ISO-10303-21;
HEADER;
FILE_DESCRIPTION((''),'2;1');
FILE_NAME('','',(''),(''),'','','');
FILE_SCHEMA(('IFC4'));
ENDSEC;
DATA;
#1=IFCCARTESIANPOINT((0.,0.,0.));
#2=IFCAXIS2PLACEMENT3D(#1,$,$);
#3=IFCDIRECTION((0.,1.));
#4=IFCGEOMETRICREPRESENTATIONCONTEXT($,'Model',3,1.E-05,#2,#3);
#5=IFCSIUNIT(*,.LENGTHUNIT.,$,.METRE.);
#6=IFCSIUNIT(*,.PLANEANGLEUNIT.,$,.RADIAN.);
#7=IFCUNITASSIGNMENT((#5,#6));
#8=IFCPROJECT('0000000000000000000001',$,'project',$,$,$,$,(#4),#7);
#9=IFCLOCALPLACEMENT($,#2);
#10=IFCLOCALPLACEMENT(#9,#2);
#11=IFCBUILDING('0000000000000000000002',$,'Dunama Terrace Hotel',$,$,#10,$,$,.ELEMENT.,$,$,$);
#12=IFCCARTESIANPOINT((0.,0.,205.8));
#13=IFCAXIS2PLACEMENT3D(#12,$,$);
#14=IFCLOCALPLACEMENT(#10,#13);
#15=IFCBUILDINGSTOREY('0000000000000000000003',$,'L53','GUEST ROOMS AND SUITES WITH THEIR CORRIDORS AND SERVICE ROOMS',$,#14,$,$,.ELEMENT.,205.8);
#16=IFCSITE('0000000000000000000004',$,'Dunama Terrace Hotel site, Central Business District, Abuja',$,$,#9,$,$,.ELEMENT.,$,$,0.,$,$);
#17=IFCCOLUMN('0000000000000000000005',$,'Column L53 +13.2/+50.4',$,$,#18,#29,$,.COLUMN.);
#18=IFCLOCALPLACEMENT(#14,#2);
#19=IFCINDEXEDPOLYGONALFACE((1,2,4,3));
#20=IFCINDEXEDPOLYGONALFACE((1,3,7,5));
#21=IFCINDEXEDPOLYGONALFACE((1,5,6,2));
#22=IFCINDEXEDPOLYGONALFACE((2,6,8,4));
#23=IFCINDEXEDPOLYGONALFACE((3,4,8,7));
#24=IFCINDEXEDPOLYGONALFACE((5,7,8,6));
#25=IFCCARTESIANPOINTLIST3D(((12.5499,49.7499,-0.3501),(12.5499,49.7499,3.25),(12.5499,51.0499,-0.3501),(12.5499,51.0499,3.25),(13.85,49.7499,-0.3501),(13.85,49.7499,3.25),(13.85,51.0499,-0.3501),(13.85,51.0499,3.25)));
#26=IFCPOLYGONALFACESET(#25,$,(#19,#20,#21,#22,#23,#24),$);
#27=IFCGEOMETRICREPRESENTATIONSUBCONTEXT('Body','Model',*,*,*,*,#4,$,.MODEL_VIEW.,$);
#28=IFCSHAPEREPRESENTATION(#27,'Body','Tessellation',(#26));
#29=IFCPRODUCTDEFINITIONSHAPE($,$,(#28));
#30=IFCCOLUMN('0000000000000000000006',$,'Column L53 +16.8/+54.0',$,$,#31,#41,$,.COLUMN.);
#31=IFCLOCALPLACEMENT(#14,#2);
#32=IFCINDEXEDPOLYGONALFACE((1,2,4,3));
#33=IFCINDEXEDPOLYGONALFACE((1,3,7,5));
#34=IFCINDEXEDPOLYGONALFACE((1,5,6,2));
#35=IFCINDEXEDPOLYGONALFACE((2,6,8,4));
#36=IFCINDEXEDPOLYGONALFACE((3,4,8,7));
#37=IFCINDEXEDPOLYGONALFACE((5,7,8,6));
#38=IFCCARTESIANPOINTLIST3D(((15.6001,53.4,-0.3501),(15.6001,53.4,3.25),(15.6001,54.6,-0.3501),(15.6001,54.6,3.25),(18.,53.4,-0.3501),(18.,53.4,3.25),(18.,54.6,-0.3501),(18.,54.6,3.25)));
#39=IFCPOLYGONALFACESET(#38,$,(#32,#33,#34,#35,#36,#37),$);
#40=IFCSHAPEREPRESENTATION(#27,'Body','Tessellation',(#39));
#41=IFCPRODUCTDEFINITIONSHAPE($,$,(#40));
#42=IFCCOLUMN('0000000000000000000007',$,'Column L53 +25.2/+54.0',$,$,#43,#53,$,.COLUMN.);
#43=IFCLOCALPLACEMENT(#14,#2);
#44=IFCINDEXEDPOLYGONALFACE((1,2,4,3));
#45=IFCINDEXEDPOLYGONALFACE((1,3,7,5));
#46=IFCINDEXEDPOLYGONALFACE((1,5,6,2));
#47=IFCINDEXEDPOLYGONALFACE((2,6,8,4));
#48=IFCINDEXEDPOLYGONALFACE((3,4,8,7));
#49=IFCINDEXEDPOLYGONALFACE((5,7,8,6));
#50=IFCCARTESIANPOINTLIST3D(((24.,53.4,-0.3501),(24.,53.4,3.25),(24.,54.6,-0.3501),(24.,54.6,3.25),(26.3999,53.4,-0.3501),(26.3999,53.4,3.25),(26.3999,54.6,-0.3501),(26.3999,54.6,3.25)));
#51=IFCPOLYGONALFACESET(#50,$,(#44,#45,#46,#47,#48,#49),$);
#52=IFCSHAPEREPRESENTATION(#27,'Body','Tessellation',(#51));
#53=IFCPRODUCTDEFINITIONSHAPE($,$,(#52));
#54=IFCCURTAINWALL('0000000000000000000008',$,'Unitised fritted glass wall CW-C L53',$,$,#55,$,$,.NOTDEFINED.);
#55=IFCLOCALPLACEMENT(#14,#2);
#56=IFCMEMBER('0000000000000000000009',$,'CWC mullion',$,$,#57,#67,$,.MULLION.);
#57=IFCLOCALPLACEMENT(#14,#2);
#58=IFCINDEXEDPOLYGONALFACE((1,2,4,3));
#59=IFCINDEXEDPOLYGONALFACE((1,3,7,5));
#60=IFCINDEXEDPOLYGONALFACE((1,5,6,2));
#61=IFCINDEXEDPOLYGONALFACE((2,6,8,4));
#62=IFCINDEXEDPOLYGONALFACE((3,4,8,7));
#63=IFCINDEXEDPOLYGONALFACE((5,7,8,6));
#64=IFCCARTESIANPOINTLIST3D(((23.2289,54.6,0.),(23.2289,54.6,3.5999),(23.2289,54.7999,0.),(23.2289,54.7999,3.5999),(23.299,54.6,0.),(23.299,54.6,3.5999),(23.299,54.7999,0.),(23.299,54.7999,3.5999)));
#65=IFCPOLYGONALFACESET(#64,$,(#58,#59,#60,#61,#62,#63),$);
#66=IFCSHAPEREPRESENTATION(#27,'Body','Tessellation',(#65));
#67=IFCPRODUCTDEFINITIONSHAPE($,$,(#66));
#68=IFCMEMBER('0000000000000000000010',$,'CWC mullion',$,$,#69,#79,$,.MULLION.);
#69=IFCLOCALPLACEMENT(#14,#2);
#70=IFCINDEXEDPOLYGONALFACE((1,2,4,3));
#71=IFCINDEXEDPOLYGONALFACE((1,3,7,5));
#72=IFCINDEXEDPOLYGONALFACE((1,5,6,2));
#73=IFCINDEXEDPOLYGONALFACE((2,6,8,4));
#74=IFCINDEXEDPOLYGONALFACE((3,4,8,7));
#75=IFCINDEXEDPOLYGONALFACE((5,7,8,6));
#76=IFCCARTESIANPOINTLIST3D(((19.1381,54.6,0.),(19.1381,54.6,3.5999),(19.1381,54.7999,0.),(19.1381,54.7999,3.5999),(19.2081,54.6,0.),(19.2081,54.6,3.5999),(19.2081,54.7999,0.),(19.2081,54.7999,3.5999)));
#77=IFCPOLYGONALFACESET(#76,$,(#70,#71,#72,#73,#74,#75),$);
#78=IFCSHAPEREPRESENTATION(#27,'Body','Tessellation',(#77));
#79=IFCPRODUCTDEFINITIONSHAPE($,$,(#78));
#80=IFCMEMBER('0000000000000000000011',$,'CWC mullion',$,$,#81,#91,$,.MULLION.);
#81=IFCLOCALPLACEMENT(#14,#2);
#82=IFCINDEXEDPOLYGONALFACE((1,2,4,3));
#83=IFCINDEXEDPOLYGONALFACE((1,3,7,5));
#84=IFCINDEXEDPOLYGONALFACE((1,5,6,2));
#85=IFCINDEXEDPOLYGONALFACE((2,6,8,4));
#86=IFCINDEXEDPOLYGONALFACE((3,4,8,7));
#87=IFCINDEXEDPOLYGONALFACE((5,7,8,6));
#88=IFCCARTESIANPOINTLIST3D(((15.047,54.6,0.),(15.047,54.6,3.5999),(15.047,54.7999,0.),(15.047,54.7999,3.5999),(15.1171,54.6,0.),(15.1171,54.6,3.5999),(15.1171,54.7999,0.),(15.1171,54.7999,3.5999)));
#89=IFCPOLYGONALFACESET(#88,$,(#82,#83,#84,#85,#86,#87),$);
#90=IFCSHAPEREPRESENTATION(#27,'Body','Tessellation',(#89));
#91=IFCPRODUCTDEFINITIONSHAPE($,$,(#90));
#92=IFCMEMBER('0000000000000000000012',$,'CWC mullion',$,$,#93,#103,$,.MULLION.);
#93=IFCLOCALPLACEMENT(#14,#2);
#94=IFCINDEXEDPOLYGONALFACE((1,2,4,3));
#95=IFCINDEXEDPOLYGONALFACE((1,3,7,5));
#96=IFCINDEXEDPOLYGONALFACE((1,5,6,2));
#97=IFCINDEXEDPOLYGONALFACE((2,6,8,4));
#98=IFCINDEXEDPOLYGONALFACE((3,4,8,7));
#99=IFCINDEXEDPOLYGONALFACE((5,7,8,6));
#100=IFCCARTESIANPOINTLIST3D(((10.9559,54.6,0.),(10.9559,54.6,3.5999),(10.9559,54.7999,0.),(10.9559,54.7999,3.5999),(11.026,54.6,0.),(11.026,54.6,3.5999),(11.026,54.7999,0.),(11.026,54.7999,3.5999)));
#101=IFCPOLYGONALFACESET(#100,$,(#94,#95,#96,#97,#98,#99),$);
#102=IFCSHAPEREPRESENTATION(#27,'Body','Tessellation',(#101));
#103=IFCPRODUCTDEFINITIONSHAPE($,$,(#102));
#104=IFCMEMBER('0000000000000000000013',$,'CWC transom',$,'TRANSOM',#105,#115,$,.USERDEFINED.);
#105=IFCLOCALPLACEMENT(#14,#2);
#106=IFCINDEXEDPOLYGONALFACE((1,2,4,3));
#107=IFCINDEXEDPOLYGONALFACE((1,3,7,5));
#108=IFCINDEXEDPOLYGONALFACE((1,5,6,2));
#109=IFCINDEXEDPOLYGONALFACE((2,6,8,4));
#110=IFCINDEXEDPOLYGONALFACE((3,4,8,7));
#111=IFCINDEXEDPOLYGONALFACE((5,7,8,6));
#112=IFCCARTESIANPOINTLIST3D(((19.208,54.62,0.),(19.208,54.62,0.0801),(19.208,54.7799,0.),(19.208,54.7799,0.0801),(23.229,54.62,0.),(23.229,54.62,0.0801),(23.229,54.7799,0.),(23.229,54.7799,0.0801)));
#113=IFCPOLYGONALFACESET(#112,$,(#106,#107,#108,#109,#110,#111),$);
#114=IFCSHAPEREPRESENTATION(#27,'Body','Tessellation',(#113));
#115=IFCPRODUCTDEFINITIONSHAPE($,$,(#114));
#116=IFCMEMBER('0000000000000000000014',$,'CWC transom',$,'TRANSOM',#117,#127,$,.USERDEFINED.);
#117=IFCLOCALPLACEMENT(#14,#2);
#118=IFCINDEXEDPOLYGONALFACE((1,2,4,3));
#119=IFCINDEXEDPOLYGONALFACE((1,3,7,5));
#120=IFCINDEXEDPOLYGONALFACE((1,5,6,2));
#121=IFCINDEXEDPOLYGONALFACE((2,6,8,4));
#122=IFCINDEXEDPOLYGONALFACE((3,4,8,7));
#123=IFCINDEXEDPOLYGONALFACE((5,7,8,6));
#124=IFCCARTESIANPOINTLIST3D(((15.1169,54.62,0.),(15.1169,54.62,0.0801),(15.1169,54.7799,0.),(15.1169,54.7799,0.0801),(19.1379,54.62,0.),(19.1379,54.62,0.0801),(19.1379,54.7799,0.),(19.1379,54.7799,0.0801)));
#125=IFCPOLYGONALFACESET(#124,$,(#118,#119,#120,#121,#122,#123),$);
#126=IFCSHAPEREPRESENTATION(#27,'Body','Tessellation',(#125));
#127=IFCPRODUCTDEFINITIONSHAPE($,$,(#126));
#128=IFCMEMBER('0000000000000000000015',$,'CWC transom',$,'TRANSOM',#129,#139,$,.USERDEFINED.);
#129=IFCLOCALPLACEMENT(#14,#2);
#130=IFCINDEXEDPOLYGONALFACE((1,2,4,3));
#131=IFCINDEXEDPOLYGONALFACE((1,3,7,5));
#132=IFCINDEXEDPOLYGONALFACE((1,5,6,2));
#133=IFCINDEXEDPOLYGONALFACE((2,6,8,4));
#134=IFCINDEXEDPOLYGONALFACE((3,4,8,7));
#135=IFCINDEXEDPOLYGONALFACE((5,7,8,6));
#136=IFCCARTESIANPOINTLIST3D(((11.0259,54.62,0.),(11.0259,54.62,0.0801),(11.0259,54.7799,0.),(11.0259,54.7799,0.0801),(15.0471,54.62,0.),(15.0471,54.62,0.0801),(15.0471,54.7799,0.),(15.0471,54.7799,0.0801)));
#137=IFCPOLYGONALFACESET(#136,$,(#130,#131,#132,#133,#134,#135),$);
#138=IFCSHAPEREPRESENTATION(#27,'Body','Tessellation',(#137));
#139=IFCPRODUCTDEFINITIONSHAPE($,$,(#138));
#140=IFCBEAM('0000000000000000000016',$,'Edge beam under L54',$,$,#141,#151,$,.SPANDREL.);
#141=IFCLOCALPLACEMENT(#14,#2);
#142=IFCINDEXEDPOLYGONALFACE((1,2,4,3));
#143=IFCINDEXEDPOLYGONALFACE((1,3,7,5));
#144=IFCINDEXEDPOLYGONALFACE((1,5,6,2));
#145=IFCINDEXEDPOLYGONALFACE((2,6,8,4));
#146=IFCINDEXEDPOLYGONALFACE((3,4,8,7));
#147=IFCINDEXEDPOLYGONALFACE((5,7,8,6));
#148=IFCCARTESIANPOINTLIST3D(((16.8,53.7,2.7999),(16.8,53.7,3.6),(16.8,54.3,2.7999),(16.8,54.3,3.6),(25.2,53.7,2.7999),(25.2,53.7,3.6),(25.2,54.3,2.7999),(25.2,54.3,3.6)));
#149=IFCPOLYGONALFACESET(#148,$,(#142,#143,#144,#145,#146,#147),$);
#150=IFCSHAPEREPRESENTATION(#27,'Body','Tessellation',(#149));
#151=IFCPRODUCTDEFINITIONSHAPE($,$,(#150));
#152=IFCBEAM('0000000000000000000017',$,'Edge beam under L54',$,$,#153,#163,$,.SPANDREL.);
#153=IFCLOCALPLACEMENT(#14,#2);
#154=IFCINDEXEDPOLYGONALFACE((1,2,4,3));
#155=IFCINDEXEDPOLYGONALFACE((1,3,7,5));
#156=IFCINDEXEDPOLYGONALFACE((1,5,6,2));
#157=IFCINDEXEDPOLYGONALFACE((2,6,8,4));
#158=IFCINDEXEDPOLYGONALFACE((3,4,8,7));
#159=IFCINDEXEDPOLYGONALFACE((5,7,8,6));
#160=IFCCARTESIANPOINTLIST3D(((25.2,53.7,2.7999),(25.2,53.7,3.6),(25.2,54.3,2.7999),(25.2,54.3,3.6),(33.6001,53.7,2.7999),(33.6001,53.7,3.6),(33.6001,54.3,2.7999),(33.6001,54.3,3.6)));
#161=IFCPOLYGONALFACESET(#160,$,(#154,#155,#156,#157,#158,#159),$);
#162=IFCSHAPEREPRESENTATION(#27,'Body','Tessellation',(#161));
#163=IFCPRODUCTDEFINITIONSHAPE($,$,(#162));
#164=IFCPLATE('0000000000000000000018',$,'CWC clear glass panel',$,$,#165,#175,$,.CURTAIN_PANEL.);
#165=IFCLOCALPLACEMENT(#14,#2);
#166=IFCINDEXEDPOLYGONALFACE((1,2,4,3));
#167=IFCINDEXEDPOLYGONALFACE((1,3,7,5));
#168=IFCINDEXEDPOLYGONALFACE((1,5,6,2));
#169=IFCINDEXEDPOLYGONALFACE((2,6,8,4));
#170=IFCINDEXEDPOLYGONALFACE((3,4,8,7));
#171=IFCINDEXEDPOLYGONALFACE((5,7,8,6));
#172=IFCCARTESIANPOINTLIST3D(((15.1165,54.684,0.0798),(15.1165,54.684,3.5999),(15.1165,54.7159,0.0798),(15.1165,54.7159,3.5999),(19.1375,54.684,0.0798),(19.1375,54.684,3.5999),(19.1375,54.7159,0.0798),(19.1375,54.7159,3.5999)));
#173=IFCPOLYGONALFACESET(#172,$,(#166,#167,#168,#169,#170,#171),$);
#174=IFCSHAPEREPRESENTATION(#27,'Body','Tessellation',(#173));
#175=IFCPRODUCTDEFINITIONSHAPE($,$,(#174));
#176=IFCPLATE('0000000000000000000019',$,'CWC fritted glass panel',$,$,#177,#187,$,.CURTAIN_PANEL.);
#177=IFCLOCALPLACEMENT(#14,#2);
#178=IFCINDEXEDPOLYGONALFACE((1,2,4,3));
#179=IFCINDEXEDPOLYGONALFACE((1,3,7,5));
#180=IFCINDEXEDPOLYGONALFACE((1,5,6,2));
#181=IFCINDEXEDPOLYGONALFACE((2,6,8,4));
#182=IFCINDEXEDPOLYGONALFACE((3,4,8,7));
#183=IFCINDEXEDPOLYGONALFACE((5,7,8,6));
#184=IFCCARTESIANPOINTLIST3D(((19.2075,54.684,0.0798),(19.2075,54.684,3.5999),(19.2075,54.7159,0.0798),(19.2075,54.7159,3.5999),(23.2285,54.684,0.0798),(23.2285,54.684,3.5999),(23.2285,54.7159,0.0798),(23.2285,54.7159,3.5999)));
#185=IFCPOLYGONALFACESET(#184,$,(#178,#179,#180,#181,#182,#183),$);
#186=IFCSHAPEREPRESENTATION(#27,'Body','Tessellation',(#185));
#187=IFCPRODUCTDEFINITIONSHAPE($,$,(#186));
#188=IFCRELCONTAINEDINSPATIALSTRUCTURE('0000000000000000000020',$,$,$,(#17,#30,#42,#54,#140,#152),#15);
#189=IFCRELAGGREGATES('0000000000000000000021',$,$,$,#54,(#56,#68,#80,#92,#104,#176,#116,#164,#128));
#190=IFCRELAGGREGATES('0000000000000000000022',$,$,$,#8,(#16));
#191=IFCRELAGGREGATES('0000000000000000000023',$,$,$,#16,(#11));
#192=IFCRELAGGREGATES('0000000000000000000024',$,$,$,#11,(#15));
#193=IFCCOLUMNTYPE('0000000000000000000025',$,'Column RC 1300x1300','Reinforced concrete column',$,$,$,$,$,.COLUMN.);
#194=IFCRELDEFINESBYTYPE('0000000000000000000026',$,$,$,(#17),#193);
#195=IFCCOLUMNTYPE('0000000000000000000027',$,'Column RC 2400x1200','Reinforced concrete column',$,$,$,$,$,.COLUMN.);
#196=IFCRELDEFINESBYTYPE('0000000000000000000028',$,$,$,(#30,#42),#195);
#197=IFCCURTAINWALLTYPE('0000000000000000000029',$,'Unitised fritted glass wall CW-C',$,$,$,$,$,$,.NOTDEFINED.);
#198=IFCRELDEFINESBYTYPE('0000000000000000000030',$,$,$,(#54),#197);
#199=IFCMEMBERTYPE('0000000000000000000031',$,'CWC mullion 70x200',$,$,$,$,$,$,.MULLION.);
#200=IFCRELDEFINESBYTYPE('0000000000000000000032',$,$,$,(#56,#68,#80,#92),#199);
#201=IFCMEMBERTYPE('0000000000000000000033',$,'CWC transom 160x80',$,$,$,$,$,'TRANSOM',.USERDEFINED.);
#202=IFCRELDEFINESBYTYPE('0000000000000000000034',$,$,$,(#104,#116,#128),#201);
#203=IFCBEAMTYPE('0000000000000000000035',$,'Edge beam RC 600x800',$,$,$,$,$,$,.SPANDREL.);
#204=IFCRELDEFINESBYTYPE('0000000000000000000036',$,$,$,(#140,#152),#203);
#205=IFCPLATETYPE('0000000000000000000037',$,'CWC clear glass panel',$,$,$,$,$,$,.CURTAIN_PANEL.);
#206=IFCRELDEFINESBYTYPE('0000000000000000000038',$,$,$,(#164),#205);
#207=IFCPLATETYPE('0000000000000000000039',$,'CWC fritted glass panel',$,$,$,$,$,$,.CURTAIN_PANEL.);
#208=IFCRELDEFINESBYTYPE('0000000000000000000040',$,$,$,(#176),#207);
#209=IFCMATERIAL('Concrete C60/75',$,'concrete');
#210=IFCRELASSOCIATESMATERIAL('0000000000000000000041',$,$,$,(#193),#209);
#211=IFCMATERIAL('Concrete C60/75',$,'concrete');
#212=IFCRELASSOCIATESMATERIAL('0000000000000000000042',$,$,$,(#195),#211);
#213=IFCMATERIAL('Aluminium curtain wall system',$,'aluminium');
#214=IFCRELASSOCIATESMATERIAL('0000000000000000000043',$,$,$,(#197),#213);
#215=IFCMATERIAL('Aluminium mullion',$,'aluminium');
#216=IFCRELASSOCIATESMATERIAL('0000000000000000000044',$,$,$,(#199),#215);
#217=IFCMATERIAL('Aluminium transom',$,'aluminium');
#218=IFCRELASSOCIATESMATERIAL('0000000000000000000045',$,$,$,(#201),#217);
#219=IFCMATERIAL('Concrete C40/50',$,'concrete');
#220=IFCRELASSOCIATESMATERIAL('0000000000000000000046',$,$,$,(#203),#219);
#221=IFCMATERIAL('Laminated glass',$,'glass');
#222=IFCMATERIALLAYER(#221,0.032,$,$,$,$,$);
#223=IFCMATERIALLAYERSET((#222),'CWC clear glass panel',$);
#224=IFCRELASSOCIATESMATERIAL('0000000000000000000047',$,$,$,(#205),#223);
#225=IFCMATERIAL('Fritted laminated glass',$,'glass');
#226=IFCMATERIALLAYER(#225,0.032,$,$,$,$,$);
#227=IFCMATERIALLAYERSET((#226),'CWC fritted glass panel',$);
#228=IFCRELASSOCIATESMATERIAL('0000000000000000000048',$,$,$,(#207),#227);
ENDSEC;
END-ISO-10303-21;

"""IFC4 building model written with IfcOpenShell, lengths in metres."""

from ifc_helpers import new_model, si_unit, direction, frame, origin, origin_2d, place, context, subcontext, project, spatial, rectangle, extrude, material, layer, layer_set, material_profile, profile_set, type_object, element, aggregate, save


model = new_model("IFC4")

# Units and contexts
model_context = context("Model", 3, precision=1e-05, world=origin(), true_north=direction((0.0, 1.0)))
body_context = subcontext(model_context, "Body", "Model", "MODEL_VIEW")
ifc_project = project(units=[si_unit("LENGTHUNIT", "METRE"), si_unit("PLANEANGLEUNIT", "RADIAN")], contexts=[model_context])

# Site, building, storey
site_placement = place(None, origin())
site = spatial("IfcSite", under=ifc_project, at=site_placement, Name="Dunama Terrace Hotel site, Central Business District, Abuja", CompositionType="ELEMENT", RefElevation=0.0)
building_placement = place(site_placement, origin())
building = spatial("IfcBuilding", under=site, at=building_placement, Name="Dunama Terrace Hotel", CompositionType="ELEMENT")
storey_placement = place(building_placement, frame((0.0, 0.0, 205.8)))
storey = spatial("IfcBuildingStorey", under=building, at=storey_placement, Name="L53", Description="GUEST ROOMS AND SUITES WITH THEIR CORRIDORS AND SERVICE ROOMS", CompositionType="ELEMENT", Elevation=205.8)

# Columns
ifc_material_1 = material(Name="Concrete C60/75", Category="concrete")
ifc_material_profile_1 = material_profile(ifc_material_1, rectangle(XDim=1.3, YDim=1.3, at=origin_2d()), Name="RC 1300x1300")
ifc_profile_set_1 = profile_set([ifc_material_profile_1], Name="Concrete C60/75")
column_type_1 = type_object("IfcColumnType", Name="Column RC 1300x1300", Description="Reinforced concrete column", PredefinedType="COLUMN", material=ifc_profile_set_1)
column_placement = place(storey_placement, frame((13.2, 50.3999, -0.3501), z_axis=(0.0, 0.0, 1.0), x_axis=(1.0, 0.0, 0.0)))
element("IfcColumn", 1, at=column_placement, inside=storey, type_object=column_type_1, Name="Column L53 +13.2/+50.4", PredefinedType="COLUMN", context=body_context, shape_type="SweptSolid", body=[
    extrude(rectangle(XDim=1.3, YDim=1.3, at=origin_2d()), origin(), (0.0, 0.0, 1.0), 3.6001),
])
ifc_material_2 = material(Name="Concrete C60/75", Category="concrete")
ifc_material_profile_2 = material_profile(ifc_material_2, rectangle(XDim=2.3999, YDim=1.2, at=origin_2d()), Name="RC 2400x1200")
ifc_profile_set_2 = profile_set([ifc_material_profile_2], Name="Concrete C60/75")
column_type_2 = type_object("IfcColumnType", Name="Column RC 2400x1200", Description="Reinforced concrete column", PredefinedType="COLUMN", material=ifc_profile_set_2)
for number, where, z_axis, x_axis, name in (
    (2, (16.8, 54.0, -0.3501), (0.0, 0.0, 1.0), (1.0, 0.0, 0.0), "Column L53 +16.8/+54.0"),
    (3, (25.2, 54.0, -0.3501), (0.0, 0.0, 1.0), (1.0, 0.0, 0.0), "Column L53 +25.2/+54.0"),
):
    element("IfcColumn", number, at=place(storey_placement, frame(where, z_axis=z_axis, x_axis=x_axis)), inside=storey, type_object=column_type_2, Name=name, PredefinedType="COLUMN", context=body_context, shape_type="SweptSolid", body=[
        extrude(rectangle(XDim=2.3999, YDim=1.2, at=origin_2d()), origin(), (0.0, 0.0, 1.0), 3.6001),
    ])

# Curtain wall, members
ifc_material_3 = material(Name="Aluminium curtain wall system", Category="aluminium")
curtain_wall_type = type_object("IfcCurtainWallType", Name="Unitised fritted glass wall CW-C", PredefinedType="NOTDEFINED", material=ifc_material_3)
curtain_wall_placement = place(storey_placement, origin())
curtain_wall = element("IfcCurtainWall", 4, at=curtain_wall_placement, inside=storey, type_object=curtain_wall_type, Name="Unitised fritted glass wall CW-C L53", PredefinedType="NOTDEFINED")
ifc_material_4 = material(Name="Aluminium mullion", Category="aluminium")
ifc_material_profile_3 = material_profile(ifc_material_4, rectangle(XDim=0.0701, YDim=0.2, at=origin_2d()), Name="CWC MULLION 70X200")
ifc_profile_set_3 = profile_set([ifc_material_profile_3], Name="Aluminium mullion")
member_type_1 = type_object("IfcMemberType", Name="CWC mullion 70x200", PredefinedType="MULLION", material=ifc_profile_set_3)
member_1_placement = place(storey_placement, frame((23.2639, 54.7, 0.0), z_axis=(0.0, 0.0, 1.0), x_axis=(-1.0, 0.0, 0.0)))
member_1 = element("IfcMember", 5, at=member_1_placement, type_object=member_type_1, Name="CWC mullion", PredefinedType="MULLION", context=body_context, shape_type="SweptSolid", body=[
    extrude(rectangle(XDim=0.0701, YDim=0.2, at=origin_2d()), origin(), (0.0, 0.0, 1.0), 3.5999),
])
member_2_placement = place(storey_placement, frame((19.1731, 54.7, 0.0), z_axis=(0.0, 0.0, 1.0), x_axis=(-1.0, 0.0, 0.0)))
member_2 = element("IfcMember", 6, at=member_2_placement, type_object=member_type_1, Name="CWC mullion", PredefinedType="MULLION", context=body_context, shape_type="SweptSolid", body=[
    extrude(rectangle(XDim=0.0701, YDim=0.2, at=origin_2d()), origin(), (0.0, 0.0, 1.0), 3.5999),
])
member_3_placement = place(storey_placement, frame((15.082, 54.7, 0.0), z_axis=(0.0, 0.0, 1.0), x_axis=(-1.0, 0.0, 0.0)))
member_3 = element("IfcMember", 7, at=member_3_placement, type_object=member_type_1, Name="CWC mullion", PredefinedType="MULLION", context=body_context, shape_type="SweptSolid", body=[
    extrude(rectangle(XDim=0.0701, YDim=0.2, at=origin_2d()), origin(), (0.0, 0.0, 1.0), 3.5999),
])
member_4_placement = place(storey_placement, frame((10.991, 54.7, 0.0), z_axis=(0.0, 0.0, 1.0), x_axis=(-1.0, 0.0, 0.0)))
member_4 = element("IfcMember", 8, at=member_4_placement, type_object=member_type_1, Name="CWC mullion", PredefinedType="MULLION", context=body_context, shape_type="SweptSolid", body=[
    extrude(rectangle(XDim=0.0701, YDim=0.2, at=origin_2d()), origin(), (0.0, 0.0, 1.0), 3.5999),
])
ifc_material_5 = material(Name="Aluminium transom", Category="aluminium")
ifc_material_profile_4 = material_profile(ifc_material_5, rectangle(XDim=0.1599, YDim=0.0801, at=origin_2d()), Name="CWC TRANSOM 160X80")
ifc_profile_set_4 = profile_set([ifc_material_profile_4], Name="Aluminium transom")
member_type_2 = type_object("IfcMemberType", Name="CWC transom 160x80", ElementType="TRANSOM", PredefinedType="USERDEFINED", material=ifc_profile_set_4)
member_5_placement = place(storey_placement, frame((23.229, 54.7, 0.04), z_axis=(-1.0, 0.0, 0.0), x_axis=(0.0, -1.0, 0.0)))
member_5 = element("IfcMember", 9, at=member_5_placement, type_object=member_type_2, Name="CWC transom", ObjectType="TRANSOM", PredefinedType="USERDEFINED", context=body_context, shape_type="SweptSolid", body=[
    extrude(rectangle(XDim=0.1599, YDim=0.0801, at=origin_2d()), origin(), (0.0, 0.0, 1.0), 4.021),
])
member_6_placement = place(storey_placement, frame((19.1379, 54.7, 0.04), z_axis=(-1.0, 0.0, 0.0), x_axis=(0.0, -1.0, 0.0)))
member_6 = element("IfcMember", 10, at=member_6_placement, type_object=member_type_2, Name="CWC transom", ObjectType="TRANSOM", PredefinedType="USERDEFINED", context=body_context, shape_type="SweptSolid", body=[
    extrude(rectangle(XDim=0.1599, YDim=0.0801, at=origin_2d()), origin(), (0.0, 0.0, 1.0), 4.021),
])
member_7_placement = place(storey_placement, frame((15.0471, 54.7, 0.04), z_axis=(-1.0, 0.0, 0.0), x_axis=(0.0, -1.0, 0.0)))
member_7 = element("IfcMember", 11, at=member_7_placement, type_object=member_type_2, Name="CWC transom", ObjectType="TRANSOM", PredefinedType="USERDEFINED", context=body_context, shape_type="SweptSolid", body=[
    extrude(rectangle(XDim=0.1599, YDim=0.0801, at=origin_2d()), origin(), (0.0, 0.0, 1.0), 4.0212),
])

# Beams
ifc_material_6 = material(Name="Concrete C40/50", Category="concrete")
ifc_material_profile_5 = material_profile(ifc_material_6, rectangle(XDim=0.6001, YDim=0.8, at=origin_2d()), Name="RC 600x800")
ifc_profile_set_5 = profile_set([ifc_material_profile_5], Name="Concrete C40/50")
beam_type = type_object("IfcBeamType", Name="Edge beam RC 600x800", PredefinedType="SPANDREL", material=ifc_profile_set_5)
beam_1_placement = place(storey_placement, frame((16.8, 54.0, 3.2), z_axis=(1.0, 0.0, 0.0), x_axis=(0.0, 1.0, 0.0)))
element("IfcBeam", 12, at=beam_1_placement, inside=storey, type_object=beam_type, Name="Edge beam under L54", PredefinedType="SPANDREL", context=body_context, shape_type="SweptSolid", body=[
    extrude(rectangle(XDim=0.6001, YDim=0.8, at=origin_2d()), origin(), (0.0, 0.0, 1.0), 8.3999),
])
beam_2_placement = place(storey_placement, frame((25.2, 54.0, 3.2), z_axis=(1.0, 0.0, 0.0), x_axis=(0.0, 1.0, 0.0)))
element("IfcBeam", 13, at=beam_2_placement, inside=storey, type_object=beam_type, Name="Edge beam under L54", PredefinedType="SPANDREL", context=body_context, shape_type="SweptSolid", body=[
    extrude(rectangle(XDim=0.6001, YDim=0.8, at=origin_2d()), origin(), (0.0, 0.0, 1.0), 8.4001),
])

# Plates
ifc_material_7 = material(Name="Laminated glass", Category="glass")
ifc_layer_1 = layer(ifc_material_7, 0.032)
ifc_layer_set_1 = layer_set([ifc_layer_1], Name="CWC clear glass panel")
plate_type_1 = type_object("IfcPlateType", Name="CWC clear glass panel", PredefinedType="CURTAIN_PANEL", material=ifc_layer_set_1)
plate_1_placement = place(storey_placement, frame((17.127, 54.7, 0.0798), z_axis=(0.0, 0.0, 1.0), x_axis=(-1.0, 0.0, 0.0)))
plate_1 = element("IfcPlate", 14, at=plate_1_placement, type_object=plate_type_1, Name="CWC clear glass panel", PredefinedType="CURTAIN_PANEL", context=body_context, shape_type="SweptSolid", body=[
    extrude(rectangle(XDim=4.021, YDim=0.032, at=origin_2d()), origin(), (0.0, 0.0, 1.0), 3.52),
])
ifc_material_8 = material(Name="Fritted laminated glass", Category="glass")
ifc_layer_2 = layer(ifc_material_8, 0.032)
ifc_layer_set_2 = layer_set([ifc_layer_2], Name="CWC fritted glass panel")
plate_type_2 = type_object("IfcPlateType", Name="CWC fritted glass panel", PredefinedType="CURTAIN_PANEL", material=ifc_layer_set_2)
plate_2_placement = place(storey_placement, frame((21.218, 54.7, 0.0798), z_axis=(0.0, 0.0, 1.0), x_axis=(-1.0, 0.0, 0.0)))
plate_2 = element("IfcPlate", 15, at=plate_2_placement, type_object=plate_type_2, Name="CWC fritted glass panel", PredefinedType="CURTAIN_PANEL", context=body_context, shape_type="SweptSolid", body=[
    extrude(rectangle(XDim=4.021, YDim=0.032, at=origin_2d()), origin(), (0.0, 0.0, 1.0), 3.52),
])
aggregate(curtain_wall, [member_1, member_2, member_3, member_4, member_5, plate_2, member_6, plate_1, member_7])

save(model, "model.ifc")
